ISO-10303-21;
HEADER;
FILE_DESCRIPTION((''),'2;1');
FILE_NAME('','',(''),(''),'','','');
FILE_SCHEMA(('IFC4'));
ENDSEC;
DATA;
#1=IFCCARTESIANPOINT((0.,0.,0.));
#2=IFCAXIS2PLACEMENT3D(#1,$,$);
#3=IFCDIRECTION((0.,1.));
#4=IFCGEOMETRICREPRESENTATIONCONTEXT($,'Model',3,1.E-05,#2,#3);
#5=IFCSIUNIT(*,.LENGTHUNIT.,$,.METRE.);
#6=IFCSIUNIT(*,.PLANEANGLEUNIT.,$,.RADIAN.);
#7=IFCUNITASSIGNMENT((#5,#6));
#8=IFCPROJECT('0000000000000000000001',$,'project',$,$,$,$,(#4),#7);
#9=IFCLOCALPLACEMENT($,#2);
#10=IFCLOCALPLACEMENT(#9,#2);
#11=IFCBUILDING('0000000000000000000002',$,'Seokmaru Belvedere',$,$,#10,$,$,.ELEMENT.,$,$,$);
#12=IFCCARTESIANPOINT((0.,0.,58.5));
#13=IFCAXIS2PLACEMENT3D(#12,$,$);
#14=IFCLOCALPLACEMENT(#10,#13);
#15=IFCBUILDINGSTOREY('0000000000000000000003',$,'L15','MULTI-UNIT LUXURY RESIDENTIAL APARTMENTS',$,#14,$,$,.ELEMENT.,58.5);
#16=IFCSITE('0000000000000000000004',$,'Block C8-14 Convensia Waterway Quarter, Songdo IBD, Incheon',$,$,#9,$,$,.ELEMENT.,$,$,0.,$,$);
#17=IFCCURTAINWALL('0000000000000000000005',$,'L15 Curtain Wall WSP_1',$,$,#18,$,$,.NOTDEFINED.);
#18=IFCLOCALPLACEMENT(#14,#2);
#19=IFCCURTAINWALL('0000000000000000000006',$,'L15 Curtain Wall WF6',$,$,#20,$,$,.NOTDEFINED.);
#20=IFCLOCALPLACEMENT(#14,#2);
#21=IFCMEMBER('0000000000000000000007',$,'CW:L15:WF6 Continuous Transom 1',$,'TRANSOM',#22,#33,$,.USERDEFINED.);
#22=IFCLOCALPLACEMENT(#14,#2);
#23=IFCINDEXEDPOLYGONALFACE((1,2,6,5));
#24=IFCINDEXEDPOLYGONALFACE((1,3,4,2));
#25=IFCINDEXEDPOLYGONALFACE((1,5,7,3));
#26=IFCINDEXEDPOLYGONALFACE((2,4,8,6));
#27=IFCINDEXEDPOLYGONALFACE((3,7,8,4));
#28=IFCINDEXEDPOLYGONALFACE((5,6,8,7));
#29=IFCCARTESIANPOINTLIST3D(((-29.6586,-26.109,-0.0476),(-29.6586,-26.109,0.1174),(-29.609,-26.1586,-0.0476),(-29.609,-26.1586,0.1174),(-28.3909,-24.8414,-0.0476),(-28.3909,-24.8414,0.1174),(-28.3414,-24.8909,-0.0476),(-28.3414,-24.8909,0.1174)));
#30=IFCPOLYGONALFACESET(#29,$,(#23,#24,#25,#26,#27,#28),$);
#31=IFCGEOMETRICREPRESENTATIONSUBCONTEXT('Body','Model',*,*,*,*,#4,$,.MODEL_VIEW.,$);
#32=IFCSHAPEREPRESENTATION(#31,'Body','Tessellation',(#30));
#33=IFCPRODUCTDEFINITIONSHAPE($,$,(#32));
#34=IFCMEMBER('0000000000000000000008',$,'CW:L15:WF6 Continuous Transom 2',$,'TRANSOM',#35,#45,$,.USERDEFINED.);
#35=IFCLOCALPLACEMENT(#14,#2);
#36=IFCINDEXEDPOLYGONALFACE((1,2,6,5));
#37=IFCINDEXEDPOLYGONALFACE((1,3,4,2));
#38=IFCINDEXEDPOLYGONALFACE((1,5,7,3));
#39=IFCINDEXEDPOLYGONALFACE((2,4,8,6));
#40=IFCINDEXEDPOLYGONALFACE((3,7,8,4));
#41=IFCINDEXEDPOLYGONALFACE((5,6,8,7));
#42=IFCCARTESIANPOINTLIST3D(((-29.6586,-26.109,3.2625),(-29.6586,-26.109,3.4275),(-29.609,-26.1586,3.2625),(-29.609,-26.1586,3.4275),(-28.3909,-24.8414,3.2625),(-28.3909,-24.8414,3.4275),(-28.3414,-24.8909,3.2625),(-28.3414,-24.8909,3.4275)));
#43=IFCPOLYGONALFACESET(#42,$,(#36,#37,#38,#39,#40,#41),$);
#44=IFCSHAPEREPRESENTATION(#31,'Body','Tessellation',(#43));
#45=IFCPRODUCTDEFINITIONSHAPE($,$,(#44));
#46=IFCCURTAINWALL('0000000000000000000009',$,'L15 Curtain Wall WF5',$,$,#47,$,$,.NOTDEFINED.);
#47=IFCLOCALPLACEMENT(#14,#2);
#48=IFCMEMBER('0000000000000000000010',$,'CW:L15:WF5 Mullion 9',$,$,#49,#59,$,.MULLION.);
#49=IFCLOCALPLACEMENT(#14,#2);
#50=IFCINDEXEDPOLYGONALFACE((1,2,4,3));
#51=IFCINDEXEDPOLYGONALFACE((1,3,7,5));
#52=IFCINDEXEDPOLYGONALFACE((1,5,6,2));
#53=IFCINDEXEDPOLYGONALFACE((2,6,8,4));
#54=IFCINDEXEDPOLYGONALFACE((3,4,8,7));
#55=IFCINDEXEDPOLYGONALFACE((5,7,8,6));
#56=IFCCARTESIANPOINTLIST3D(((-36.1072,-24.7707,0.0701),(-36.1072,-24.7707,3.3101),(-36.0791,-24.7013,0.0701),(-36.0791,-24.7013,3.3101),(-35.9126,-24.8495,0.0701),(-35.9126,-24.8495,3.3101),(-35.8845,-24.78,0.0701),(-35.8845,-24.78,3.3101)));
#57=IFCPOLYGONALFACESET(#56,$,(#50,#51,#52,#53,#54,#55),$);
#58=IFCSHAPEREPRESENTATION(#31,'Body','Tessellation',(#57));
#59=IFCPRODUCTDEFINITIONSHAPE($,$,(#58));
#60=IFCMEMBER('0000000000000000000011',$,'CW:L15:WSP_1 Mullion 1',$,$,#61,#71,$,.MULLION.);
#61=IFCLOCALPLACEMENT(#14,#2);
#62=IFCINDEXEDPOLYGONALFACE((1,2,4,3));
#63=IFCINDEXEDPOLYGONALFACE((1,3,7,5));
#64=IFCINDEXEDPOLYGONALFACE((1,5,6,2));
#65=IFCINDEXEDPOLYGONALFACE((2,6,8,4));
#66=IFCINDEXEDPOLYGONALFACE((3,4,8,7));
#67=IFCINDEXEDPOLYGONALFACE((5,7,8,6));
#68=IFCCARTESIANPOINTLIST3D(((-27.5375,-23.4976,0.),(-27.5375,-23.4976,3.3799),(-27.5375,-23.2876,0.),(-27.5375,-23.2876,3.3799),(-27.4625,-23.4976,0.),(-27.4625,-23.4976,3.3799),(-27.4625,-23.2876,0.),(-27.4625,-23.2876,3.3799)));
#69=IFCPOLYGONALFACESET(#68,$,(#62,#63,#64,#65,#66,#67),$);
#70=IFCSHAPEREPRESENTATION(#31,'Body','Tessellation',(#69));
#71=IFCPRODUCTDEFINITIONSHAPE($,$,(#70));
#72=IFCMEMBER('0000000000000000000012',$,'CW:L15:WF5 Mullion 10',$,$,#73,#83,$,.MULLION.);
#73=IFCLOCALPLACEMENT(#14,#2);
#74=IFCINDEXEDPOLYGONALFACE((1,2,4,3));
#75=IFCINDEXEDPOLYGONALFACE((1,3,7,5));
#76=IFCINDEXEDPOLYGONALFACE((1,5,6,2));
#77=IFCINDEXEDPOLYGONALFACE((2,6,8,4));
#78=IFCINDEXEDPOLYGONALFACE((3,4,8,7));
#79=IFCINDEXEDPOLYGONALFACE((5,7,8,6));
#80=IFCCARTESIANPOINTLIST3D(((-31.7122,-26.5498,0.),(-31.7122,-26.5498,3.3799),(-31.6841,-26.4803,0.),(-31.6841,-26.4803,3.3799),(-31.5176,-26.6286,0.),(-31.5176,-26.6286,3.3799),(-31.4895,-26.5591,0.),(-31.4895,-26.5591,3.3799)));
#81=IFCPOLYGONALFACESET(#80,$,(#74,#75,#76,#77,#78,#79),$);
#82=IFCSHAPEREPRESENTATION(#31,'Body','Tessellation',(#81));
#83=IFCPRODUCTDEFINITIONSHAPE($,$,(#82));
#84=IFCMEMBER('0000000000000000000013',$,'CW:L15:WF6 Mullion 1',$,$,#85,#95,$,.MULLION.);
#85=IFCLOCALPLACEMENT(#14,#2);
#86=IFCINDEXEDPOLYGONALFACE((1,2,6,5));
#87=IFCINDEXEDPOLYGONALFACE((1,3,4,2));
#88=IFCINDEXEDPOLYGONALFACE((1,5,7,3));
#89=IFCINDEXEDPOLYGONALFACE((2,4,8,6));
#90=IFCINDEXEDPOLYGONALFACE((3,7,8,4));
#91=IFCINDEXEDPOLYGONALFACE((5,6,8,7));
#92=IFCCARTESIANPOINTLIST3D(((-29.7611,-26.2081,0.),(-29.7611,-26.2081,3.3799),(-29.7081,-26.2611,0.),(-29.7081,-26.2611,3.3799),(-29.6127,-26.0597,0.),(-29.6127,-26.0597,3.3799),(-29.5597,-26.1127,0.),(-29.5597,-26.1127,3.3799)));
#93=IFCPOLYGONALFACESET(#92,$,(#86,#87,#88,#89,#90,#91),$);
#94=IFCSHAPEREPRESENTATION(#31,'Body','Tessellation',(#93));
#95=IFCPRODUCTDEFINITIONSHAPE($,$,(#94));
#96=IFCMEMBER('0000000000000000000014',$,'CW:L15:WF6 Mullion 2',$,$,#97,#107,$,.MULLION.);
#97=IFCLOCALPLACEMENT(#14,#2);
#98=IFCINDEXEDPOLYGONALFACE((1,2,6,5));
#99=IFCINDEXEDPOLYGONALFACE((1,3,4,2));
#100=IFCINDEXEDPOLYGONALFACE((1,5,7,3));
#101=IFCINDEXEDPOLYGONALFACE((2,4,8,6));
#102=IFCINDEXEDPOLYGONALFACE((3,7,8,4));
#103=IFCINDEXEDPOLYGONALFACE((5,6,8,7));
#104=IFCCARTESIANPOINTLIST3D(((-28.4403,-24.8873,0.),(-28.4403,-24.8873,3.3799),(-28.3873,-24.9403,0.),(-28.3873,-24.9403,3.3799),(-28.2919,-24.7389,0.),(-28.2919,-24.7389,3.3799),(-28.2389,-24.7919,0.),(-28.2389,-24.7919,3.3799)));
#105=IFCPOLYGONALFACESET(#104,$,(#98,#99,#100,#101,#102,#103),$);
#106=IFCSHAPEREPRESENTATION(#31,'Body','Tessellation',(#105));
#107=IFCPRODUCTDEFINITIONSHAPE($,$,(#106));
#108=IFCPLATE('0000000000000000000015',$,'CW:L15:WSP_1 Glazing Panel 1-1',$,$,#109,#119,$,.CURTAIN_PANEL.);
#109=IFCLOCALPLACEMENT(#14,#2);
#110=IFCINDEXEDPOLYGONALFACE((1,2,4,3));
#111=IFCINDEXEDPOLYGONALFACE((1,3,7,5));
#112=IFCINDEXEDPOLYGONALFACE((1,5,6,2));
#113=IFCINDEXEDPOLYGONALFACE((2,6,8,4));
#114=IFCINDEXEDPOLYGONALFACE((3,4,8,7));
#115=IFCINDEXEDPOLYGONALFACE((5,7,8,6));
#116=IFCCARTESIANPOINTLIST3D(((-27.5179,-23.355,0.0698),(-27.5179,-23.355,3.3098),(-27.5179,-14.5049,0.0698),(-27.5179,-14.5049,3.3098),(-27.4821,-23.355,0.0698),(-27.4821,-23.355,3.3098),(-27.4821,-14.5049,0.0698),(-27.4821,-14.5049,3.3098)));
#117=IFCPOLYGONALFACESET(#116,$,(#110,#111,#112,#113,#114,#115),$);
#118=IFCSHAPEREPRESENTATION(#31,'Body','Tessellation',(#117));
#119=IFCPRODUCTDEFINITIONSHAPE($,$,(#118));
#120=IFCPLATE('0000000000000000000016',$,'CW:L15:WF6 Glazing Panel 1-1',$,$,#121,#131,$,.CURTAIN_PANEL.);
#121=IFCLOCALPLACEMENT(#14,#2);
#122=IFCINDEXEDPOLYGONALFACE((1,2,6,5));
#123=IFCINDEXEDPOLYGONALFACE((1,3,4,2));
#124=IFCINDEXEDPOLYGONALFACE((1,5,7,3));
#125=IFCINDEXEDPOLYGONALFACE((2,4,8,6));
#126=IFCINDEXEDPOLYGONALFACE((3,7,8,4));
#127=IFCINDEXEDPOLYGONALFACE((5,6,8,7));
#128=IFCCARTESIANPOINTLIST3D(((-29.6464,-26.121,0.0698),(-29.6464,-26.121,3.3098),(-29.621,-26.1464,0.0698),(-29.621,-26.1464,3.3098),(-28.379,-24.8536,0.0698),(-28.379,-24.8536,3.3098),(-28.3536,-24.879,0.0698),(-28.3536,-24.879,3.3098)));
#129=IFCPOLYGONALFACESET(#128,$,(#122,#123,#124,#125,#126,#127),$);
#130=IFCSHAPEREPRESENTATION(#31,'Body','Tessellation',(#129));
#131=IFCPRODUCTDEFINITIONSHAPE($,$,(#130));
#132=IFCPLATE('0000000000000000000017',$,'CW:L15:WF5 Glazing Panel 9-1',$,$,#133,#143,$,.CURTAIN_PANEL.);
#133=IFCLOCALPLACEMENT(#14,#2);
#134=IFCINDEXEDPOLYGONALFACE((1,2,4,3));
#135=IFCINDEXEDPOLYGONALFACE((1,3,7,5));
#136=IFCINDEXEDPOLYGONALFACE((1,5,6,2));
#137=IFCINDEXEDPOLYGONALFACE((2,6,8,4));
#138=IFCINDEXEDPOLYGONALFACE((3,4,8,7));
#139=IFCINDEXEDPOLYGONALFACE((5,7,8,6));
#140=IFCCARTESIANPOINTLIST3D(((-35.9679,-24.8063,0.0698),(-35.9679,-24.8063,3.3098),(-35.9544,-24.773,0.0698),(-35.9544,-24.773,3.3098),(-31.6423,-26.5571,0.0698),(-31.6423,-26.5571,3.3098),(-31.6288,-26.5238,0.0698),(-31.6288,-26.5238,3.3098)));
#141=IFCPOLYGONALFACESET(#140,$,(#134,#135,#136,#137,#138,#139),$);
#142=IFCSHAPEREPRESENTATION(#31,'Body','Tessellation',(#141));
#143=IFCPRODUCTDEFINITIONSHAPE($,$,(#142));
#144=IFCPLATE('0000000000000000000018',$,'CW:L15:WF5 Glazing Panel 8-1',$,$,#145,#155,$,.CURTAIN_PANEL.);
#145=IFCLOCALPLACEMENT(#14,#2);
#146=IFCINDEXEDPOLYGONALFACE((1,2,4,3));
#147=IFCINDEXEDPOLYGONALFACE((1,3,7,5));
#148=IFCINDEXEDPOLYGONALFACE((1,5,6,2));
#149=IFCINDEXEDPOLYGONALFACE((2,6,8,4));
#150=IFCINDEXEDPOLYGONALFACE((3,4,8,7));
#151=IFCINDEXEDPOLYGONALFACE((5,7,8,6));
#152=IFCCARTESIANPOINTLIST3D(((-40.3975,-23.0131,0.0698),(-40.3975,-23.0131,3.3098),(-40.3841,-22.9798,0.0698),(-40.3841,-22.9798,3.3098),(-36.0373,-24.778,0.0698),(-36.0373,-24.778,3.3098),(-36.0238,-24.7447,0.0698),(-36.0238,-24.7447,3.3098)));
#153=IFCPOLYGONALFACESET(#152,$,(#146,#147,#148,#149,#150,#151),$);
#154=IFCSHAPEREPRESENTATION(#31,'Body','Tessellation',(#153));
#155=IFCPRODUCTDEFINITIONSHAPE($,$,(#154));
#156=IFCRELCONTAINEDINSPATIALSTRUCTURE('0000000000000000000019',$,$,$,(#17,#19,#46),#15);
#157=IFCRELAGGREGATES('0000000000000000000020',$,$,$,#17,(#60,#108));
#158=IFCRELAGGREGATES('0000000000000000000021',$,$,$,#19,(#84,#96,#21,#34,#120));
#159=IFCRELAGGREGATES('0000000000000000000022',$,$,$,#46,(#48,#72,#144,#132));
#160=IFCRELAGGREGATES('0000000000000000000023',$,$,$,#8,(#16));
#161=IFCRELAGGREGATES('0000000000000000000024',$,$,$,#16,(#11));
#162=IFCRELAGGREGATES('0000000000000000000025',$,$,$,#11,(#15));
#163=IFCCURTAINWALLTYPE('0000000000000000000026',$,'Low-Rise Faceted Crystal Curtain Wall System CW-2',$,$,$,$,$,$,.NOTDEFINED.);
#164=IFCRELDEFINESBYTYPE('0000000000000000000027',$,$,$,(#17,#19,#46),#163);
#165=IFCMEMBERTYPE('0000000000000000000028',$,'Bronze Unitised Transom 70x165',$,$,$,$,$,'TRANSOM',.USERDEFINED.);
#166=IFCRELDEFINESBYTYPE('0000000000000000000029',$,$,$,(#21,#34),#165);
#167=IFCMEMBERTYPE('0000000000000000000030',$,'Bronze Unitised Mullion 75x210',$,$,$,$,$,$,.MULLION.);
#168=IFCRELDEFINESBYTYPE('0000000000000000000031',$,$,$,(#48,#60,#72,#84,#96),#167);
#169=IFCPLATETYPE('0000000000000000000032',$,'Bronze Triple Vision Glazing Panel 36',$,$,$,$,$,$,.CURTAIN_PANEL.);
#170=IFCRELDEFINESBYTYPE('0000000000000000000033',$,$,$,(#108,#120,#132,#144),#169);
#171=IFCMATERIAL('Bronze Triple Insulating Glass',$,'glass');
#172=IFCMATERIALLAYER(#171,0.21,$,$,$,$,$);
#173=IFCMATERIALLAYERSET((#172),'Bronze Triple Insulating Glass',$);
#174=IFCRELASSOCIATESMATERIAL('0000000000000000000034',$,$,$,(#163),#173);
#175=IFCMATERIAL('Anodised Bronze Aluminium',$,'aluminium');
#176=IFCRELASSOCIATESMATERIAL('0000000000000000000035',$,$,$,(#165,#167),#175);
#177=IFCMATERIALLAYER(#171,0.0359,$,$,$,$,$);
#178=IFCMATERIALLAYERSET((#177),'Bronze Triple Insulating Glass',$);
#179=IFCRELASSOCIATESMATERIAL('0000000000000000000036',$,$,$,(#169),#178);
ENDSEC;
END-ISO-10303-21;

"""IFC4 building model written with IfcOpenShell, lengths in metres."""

from ifc_helpers import new_model, si_unit, direction, frame, origin, origin_2d, place, context, subcontext, project, spatial, rectangle, extrude, source, transform, mapped, material, layer, layer_set, material_profile, profile_set, type_object, type_shapes, element, aggregate, save


model = new_model("IFC4")

# Units and contexts
model_context = context("Model", 3, precision=1e-05, world=origin(), true_north=direction((0.0, 1.0)))
body_context = subcontext(model_context, "Body", "Model", "MODEL_VIEW")
ifc_project = project(units=[si_unit("LENGTHUNIT", "METRE"), si_unit("PLANEANGLEUNIT", "RADIAN")], contexts=[model_context])

# Site, building, storey
site_placement = place(None, origin())
site = spatial("IfcSite", under=ifc_project, at=site_placement, Name="Block C8-14 Convensia Waterway Quarter, Songdo IBD, Incheon", CompositionType="ELEMENT", RefElevation=0.0)
building_placement = place(site_placement, origin())
building = spatial("IfcBuilding", under=site, at=building_placement, Name="Seokmaru Belvedere", CompositionType="ELEMENT")
storey_placement = place(building_placement, frame((0.0, 0.0, 58.5)))
storey = spatial("IfcBuildingStorey", under=building, at=storey_placement, Name="L15", Description="MULTI-UNIT LUXURY RESIDENTIAL APARTMENTS", CompositionType="ELEMENT", Elevation=58.5)

# Curtain walls, members
ifc_material_1 = material(Name="Bronze Triple Insulating Glass", Category="glass")
ifc_layer_1 = layer(ifc_material_1, 0.21)
ifc_layer_set_1 = layer_set([ifc_layer_1], Name="Bronze Triple Insulating Glass")
curtain_wall_type = type_object("IfcCurtainWallType", Name="Low-Rise Faceted Crystal Curtain Wall System CW-2", PredefinedType="NOTDEFINED", material=ifc_layer_set_1)
curtain_wall_1_placement = place(storey_placement, origin())
curtain_wall_1 = element("IfcCurtainWall", 1, at=curtain_wall_1_placement, inside=storey, type_object=curtain_wall_type, Name="L15 Curtain Wall WSP_1", PredefinedType="NOTDEFINED")
ifc_material_2 = material(Name="Anodised Bronze Aluminium", Category="aluminium")
ifc_material_profile_1 = material_profile(ifc_material_2, rectangle(XDim=0.0701, YDim=0.165, at=origin_2d()), Name="CW-T-70x165")
ifc_profile_set_1 = profile_set([ifc_material_profile_1], Name="Anodised Bronze Aluminium")
member_type_1 = type_object("IfcMemberType", Name="Bronze Unitised Transom 70x165", ElementType="TRANSOM", PredefinedType="USERDEFINED", material=ifc_profile_set_1)
curtain_wall_2_placement = place(storey_placement, origin())
curtain_wall_2 = element("IfcCurtainWall", 2, at=curtain_wall_2_placement, inside=storey, type_object=curtain_wall_type, Name="L15 Curtain Wall WF6", PredefinedType="NOTDEFINED")
shared_shape_1 = source(origin(), body_context, "Body", "SweptSolid", [
    extrude(rectangle(XDim=0.0701, YDim=0.165, at=origin_2d()), origin(), (0.0, 0.0, 1.0), 1.7927),
])
member_1_placement = place(storey_placement, frame((-29.6338, -26.1338, 0.0349), z_axis=(0.707107, 0.707107, 0.0), x_axis=(-0.707107, 0.707107, 0.0)))
member_1 = element("IfcMember", 3, at=member_1_placement, type_object=member_type_1, Name="CW:L15:WF6 Continuous Transom 1", ObjectType="TRANSOM", PredefinedType="USERDEFINED", context=body_context, shape_type="MappedRepresentation", body=[
    mapped(shared_shape_1, transform((0.0, 0.0, 0.0), scale=1.0)),
])
member_2_placement = place(storey_placement, frame((-29.6338, -26.1338, 3.345), z_axis=(0.707107, 0.707107, 0.0), x_axis=(-0.707107, 0.707107, 0.0)))
member_2 = element("IfcMember", 4, at=member_2_placement, type_object=member_type_1, Name="CW:L15:WF6 Continuous Transom 2", ObjectType="TRANSOM", PredefinedType="USERDEFINED", context=body_context, shape_type="MappedRepresentation", body=[
    mapped(shared_shape_1, transform((0.0, 0.0, 0.0), scale=1.0)),
])

# Curtain wall, member
curtain_wall_3_placement = place(storey_placement, origin())
curtain_wall_3 = element("IfcCurtainWall", 5, at=curtain_wall_3_placement, inside=storey, type_object=curtain_wall_type, Name="L15 Curtain Wall WF5", PredefinedType="NOTDEFINED")
ifc_material_profile_2 = material_profile(ifc_material_2, rectangle(XDim=0.075, YDim=0.21, at=origin_2d()), Name="CW-M-75x210")
ifc_profile_set_2 = profile_set([ifc_material_profile_2], Name="Anodised Bronze Aluminium")
member_type_2 = type_object("IfcMemberType", Name="Bronze Unitised Mullion 75x210", PredefinedType="MULLION", material=ifc_profile_set_2)
shared_shape_2 = source(origin(), body_context, "Body", "SweptSolid", [
    extrude(rectangle(XDim=0.075, YDim=0.21, at=origin_2d()), origin(), (0.0, 0.0, 1.0), 3.24),
])
member_3_placement = place(storey_placement, frame((-35.9958, -24.7754, 0.0701), z_axis=(0.0, 0.0, 1.0), x_axis=(0.375192, 0.926947, 0.0)))
member_3 = element("IfcMember", 6, at=member_3_placement, type_object=member_type_2, Name="CW:L15:WF5 Mullion 9", PredefinedType="MULLION", context=body_context, shape_type="MappedRepresentation", body=[
    mapped(shared_shape_2, transform((0.0, 0.0, 0.0), scale=1.0)),
])

# Members
shared_shape_3 = source(origin(), body_context, "Body", "SweptSolid", [
    extrude(rectangle(XDim=0.075, YDim=0.21, at=origin_2d()), origin(), (0.0, 0.0, 1.0), 3.3799),
])
type_shapes(member_type_2, [shared_shape_2, shared_shape_3])
member_4_placement = place(storey_placement, frame((-27.5, -23.3926, 0.0), z_axis=(0.0, 0.0, 1.0), x_axis=(-1.0, 0.0, 0.0)))
member_4 = element("IfcMember", 7, at=member_4_placement, type_object=member_type_2, Name="CW:L15:WSP_1 Mullion 1", PredefinedType="MULLION", context=body_context, shape_type="MappedRepresentation", body=[
    mapped(shared_shape_3, transform((0.0, 0.0, 0.0), scale=1.0)),
])
member_5_placement = place(storey_placement, frame((-31.6008, -26.5544, 0.0), z_axis=(0.0, 0.0, 1.0), x_axis=(0.375192, 0.926947, 0.0)))
member_5 = element("IfcMember", 8, at=member_5_placement, type_object=member_type_2, Name="CW:L15:WF5 Mullion 10", PredefinedType="MULLION", context=body_context, shape_type="MappedRepresentation", body=[
    mapped(shared_shape_3, transform((0.0, 0.0, 0.0), scale=1.0)),
])
member_6_placement = place(storey_placement, frame((-29.6604, -26.1604, 0.0), z_axis=(0.0, 0.0, 1.0), x_axis=(-0.707107, 0.707107, 0.0)))
member_6 = element("IfcMember", 9, at=member_6_placement, type_object=member_type_2, Name="CW:L15:WF6 Mullion 1", PredefinedType="MULLION", context=body_context, shape_type="MappedRepresentation", body=[
    mapped(shared_shape_3, transform((0.0, 0.0, 0.0), scale=1.0)),
])
member_7_placement = place(storey_placement, frame((-28.3396, -24.8396, 0.0), z_axis=(0.0, 0.0, 1.0), x_axis=(-0.707107, 0.707107, 0.0)))
member_7 = element("IfcMember", 10, at=member_7_placement, type_object=member_type_2, Name="CW:L15:WF6 Mullion 2", PredefinedType="MULLION", context=body_context, shape_type="MappedRepresentation", body=[
    mapped(shared_shape_3, transform((0.0, 0.0, 0.0), scale=1.0)),
])

# Plates
ifc_layer_2 = layer(ifc_material_1, 0.0359)
ifc_layer_set_2 = layer_set([ifc_layer_2], Name="Bronze Triple Insulating Glass")
plate_type = type_object("IfcPlateType", Name="Bronze Triple Vision Glazing Panel 36", PredefinedType="CURTAIN_PANEL", material=ifc_layer_set_2)
shared_shape_4 = source(origin(), body_context, "Body", "SweptSolid", [
    extrude(rectangle(XDim=8.8501, YDim=0.0359, at=origin_2d()), origin(), (0.0, 0.0, 1.0), 3.24),
])
plate_1_placement = place(storey_placement, frame((-27.5, -18.9299, 0.0698), z_axis=(0.0, 0.0, 1.0), x_axis=(0.0, 1.0, 0.0)))
plate_1 = element("IfcPlate", 11, at=plate_1_placement, type_object=plate_type, Name="CW:L15:WSP_1 Glazing Panel 1-1", PredefinedType="CURTAIN_PANEL", context=body_context, shape_type="MappedRepresentation", body=[
    mapped(shared_shape_4, transform((0.0, 0.0, 0.0), scale=1.0)),
])
aggregate(curtain_wall_1, [member_4, plate_1])
shared_shape_5 = source(origin(), body_context, "Body", "SweptSolid", [
    extrude(rectangle(XDim=1.7925, YDim=0.0359, at=origin_2d()), origin(), (0.0, 0.0, 1.0), 3.24),
])
plate_2_placement = place(storey_placement, frame((-29.0, -25.5, 0.0698), z_axis=(0.0, 0.0, 1.0), x_axis=(0.707107, 0.707107, 0.0)))
plate_2 = element("IfcPlate", 12, at=plate_2_placement, type_object=plate_type, Name="CW:L15:WF6 Glazing Panel 1-1", PredefinedType="CURTAIN_PANEL", context=body_context, shape_type="MappedRepresentation", body=[
    mapped(shared_shape_5, transform((0.0, 0.0, 0.0), scale=1.0)),
])
aggregate(curtain_wall_2, [member_6, member_7, member_1, member_2, plate_2])
shared_shape_6 = source(origin(), body_context, "Body", "SweptSolid", [
    extrude(rectangle(XDim=4.6665, YDim=0.0359, at=origin_2d()), origin(), (0.0, 0.0, 1.0), 3.24),
])
plate_3_placement = place(storey_placement, frame((-33.7983, -25.665, 0.0698), z_axis=(0.0, 0.0, 1.0), x_axis=(0.926947, -0.375192, 0.0)))
plate_3 = element("IfcPlate", 13, at=plate_3_placement, type_object=plate_type, Name="CW:L15:WF5 Glazing Panel 9-1", PredefinedType="CURTAIN_PANEL", context=body_context, shape_type="MappedRepresentation", body=[
    mapped(shared_shape_6, transform((0.0, 0.0, 0.0), scale=1.0)),
])
shared_shape_7 = source(origin(), body_context, "Body", "SweptSolid", [
    extrude(rectangle(XDim=4.7039, YDim=0.0359, at=origin_2d()), origin(), (0.0, 0.0, 1.0), 3.24),
])
type_shapes(plate_type, [shared_shape_4, shared_shape_5, shared_shape_6, shared_shape_7])
plate_4_placement = place(storey_placement, frame((-38.2107, -23.8789, 0.0698), z_axis=(0.0, 0.0, 1.0), x_axis=(0.926947, -0.375192, 0.0)))
plate_4 = element("IfcPlate", 14, at=plate_4_placement, type_object=plate_type, Name="CW:L15:WF5 Glazing Panel 8-1", PredefinedType="CURTAIN_PANEL", context=body_context, shape_type="MappedRepresentation", body=[
    mapped(shared_shape_7, transform((0.0, 0.0, 0.0), scale=1.0)),
])
aggregate(curtain_wall_3, [member_3, member_5, plate_4, plate_3])

save(model, "model.ifc")
